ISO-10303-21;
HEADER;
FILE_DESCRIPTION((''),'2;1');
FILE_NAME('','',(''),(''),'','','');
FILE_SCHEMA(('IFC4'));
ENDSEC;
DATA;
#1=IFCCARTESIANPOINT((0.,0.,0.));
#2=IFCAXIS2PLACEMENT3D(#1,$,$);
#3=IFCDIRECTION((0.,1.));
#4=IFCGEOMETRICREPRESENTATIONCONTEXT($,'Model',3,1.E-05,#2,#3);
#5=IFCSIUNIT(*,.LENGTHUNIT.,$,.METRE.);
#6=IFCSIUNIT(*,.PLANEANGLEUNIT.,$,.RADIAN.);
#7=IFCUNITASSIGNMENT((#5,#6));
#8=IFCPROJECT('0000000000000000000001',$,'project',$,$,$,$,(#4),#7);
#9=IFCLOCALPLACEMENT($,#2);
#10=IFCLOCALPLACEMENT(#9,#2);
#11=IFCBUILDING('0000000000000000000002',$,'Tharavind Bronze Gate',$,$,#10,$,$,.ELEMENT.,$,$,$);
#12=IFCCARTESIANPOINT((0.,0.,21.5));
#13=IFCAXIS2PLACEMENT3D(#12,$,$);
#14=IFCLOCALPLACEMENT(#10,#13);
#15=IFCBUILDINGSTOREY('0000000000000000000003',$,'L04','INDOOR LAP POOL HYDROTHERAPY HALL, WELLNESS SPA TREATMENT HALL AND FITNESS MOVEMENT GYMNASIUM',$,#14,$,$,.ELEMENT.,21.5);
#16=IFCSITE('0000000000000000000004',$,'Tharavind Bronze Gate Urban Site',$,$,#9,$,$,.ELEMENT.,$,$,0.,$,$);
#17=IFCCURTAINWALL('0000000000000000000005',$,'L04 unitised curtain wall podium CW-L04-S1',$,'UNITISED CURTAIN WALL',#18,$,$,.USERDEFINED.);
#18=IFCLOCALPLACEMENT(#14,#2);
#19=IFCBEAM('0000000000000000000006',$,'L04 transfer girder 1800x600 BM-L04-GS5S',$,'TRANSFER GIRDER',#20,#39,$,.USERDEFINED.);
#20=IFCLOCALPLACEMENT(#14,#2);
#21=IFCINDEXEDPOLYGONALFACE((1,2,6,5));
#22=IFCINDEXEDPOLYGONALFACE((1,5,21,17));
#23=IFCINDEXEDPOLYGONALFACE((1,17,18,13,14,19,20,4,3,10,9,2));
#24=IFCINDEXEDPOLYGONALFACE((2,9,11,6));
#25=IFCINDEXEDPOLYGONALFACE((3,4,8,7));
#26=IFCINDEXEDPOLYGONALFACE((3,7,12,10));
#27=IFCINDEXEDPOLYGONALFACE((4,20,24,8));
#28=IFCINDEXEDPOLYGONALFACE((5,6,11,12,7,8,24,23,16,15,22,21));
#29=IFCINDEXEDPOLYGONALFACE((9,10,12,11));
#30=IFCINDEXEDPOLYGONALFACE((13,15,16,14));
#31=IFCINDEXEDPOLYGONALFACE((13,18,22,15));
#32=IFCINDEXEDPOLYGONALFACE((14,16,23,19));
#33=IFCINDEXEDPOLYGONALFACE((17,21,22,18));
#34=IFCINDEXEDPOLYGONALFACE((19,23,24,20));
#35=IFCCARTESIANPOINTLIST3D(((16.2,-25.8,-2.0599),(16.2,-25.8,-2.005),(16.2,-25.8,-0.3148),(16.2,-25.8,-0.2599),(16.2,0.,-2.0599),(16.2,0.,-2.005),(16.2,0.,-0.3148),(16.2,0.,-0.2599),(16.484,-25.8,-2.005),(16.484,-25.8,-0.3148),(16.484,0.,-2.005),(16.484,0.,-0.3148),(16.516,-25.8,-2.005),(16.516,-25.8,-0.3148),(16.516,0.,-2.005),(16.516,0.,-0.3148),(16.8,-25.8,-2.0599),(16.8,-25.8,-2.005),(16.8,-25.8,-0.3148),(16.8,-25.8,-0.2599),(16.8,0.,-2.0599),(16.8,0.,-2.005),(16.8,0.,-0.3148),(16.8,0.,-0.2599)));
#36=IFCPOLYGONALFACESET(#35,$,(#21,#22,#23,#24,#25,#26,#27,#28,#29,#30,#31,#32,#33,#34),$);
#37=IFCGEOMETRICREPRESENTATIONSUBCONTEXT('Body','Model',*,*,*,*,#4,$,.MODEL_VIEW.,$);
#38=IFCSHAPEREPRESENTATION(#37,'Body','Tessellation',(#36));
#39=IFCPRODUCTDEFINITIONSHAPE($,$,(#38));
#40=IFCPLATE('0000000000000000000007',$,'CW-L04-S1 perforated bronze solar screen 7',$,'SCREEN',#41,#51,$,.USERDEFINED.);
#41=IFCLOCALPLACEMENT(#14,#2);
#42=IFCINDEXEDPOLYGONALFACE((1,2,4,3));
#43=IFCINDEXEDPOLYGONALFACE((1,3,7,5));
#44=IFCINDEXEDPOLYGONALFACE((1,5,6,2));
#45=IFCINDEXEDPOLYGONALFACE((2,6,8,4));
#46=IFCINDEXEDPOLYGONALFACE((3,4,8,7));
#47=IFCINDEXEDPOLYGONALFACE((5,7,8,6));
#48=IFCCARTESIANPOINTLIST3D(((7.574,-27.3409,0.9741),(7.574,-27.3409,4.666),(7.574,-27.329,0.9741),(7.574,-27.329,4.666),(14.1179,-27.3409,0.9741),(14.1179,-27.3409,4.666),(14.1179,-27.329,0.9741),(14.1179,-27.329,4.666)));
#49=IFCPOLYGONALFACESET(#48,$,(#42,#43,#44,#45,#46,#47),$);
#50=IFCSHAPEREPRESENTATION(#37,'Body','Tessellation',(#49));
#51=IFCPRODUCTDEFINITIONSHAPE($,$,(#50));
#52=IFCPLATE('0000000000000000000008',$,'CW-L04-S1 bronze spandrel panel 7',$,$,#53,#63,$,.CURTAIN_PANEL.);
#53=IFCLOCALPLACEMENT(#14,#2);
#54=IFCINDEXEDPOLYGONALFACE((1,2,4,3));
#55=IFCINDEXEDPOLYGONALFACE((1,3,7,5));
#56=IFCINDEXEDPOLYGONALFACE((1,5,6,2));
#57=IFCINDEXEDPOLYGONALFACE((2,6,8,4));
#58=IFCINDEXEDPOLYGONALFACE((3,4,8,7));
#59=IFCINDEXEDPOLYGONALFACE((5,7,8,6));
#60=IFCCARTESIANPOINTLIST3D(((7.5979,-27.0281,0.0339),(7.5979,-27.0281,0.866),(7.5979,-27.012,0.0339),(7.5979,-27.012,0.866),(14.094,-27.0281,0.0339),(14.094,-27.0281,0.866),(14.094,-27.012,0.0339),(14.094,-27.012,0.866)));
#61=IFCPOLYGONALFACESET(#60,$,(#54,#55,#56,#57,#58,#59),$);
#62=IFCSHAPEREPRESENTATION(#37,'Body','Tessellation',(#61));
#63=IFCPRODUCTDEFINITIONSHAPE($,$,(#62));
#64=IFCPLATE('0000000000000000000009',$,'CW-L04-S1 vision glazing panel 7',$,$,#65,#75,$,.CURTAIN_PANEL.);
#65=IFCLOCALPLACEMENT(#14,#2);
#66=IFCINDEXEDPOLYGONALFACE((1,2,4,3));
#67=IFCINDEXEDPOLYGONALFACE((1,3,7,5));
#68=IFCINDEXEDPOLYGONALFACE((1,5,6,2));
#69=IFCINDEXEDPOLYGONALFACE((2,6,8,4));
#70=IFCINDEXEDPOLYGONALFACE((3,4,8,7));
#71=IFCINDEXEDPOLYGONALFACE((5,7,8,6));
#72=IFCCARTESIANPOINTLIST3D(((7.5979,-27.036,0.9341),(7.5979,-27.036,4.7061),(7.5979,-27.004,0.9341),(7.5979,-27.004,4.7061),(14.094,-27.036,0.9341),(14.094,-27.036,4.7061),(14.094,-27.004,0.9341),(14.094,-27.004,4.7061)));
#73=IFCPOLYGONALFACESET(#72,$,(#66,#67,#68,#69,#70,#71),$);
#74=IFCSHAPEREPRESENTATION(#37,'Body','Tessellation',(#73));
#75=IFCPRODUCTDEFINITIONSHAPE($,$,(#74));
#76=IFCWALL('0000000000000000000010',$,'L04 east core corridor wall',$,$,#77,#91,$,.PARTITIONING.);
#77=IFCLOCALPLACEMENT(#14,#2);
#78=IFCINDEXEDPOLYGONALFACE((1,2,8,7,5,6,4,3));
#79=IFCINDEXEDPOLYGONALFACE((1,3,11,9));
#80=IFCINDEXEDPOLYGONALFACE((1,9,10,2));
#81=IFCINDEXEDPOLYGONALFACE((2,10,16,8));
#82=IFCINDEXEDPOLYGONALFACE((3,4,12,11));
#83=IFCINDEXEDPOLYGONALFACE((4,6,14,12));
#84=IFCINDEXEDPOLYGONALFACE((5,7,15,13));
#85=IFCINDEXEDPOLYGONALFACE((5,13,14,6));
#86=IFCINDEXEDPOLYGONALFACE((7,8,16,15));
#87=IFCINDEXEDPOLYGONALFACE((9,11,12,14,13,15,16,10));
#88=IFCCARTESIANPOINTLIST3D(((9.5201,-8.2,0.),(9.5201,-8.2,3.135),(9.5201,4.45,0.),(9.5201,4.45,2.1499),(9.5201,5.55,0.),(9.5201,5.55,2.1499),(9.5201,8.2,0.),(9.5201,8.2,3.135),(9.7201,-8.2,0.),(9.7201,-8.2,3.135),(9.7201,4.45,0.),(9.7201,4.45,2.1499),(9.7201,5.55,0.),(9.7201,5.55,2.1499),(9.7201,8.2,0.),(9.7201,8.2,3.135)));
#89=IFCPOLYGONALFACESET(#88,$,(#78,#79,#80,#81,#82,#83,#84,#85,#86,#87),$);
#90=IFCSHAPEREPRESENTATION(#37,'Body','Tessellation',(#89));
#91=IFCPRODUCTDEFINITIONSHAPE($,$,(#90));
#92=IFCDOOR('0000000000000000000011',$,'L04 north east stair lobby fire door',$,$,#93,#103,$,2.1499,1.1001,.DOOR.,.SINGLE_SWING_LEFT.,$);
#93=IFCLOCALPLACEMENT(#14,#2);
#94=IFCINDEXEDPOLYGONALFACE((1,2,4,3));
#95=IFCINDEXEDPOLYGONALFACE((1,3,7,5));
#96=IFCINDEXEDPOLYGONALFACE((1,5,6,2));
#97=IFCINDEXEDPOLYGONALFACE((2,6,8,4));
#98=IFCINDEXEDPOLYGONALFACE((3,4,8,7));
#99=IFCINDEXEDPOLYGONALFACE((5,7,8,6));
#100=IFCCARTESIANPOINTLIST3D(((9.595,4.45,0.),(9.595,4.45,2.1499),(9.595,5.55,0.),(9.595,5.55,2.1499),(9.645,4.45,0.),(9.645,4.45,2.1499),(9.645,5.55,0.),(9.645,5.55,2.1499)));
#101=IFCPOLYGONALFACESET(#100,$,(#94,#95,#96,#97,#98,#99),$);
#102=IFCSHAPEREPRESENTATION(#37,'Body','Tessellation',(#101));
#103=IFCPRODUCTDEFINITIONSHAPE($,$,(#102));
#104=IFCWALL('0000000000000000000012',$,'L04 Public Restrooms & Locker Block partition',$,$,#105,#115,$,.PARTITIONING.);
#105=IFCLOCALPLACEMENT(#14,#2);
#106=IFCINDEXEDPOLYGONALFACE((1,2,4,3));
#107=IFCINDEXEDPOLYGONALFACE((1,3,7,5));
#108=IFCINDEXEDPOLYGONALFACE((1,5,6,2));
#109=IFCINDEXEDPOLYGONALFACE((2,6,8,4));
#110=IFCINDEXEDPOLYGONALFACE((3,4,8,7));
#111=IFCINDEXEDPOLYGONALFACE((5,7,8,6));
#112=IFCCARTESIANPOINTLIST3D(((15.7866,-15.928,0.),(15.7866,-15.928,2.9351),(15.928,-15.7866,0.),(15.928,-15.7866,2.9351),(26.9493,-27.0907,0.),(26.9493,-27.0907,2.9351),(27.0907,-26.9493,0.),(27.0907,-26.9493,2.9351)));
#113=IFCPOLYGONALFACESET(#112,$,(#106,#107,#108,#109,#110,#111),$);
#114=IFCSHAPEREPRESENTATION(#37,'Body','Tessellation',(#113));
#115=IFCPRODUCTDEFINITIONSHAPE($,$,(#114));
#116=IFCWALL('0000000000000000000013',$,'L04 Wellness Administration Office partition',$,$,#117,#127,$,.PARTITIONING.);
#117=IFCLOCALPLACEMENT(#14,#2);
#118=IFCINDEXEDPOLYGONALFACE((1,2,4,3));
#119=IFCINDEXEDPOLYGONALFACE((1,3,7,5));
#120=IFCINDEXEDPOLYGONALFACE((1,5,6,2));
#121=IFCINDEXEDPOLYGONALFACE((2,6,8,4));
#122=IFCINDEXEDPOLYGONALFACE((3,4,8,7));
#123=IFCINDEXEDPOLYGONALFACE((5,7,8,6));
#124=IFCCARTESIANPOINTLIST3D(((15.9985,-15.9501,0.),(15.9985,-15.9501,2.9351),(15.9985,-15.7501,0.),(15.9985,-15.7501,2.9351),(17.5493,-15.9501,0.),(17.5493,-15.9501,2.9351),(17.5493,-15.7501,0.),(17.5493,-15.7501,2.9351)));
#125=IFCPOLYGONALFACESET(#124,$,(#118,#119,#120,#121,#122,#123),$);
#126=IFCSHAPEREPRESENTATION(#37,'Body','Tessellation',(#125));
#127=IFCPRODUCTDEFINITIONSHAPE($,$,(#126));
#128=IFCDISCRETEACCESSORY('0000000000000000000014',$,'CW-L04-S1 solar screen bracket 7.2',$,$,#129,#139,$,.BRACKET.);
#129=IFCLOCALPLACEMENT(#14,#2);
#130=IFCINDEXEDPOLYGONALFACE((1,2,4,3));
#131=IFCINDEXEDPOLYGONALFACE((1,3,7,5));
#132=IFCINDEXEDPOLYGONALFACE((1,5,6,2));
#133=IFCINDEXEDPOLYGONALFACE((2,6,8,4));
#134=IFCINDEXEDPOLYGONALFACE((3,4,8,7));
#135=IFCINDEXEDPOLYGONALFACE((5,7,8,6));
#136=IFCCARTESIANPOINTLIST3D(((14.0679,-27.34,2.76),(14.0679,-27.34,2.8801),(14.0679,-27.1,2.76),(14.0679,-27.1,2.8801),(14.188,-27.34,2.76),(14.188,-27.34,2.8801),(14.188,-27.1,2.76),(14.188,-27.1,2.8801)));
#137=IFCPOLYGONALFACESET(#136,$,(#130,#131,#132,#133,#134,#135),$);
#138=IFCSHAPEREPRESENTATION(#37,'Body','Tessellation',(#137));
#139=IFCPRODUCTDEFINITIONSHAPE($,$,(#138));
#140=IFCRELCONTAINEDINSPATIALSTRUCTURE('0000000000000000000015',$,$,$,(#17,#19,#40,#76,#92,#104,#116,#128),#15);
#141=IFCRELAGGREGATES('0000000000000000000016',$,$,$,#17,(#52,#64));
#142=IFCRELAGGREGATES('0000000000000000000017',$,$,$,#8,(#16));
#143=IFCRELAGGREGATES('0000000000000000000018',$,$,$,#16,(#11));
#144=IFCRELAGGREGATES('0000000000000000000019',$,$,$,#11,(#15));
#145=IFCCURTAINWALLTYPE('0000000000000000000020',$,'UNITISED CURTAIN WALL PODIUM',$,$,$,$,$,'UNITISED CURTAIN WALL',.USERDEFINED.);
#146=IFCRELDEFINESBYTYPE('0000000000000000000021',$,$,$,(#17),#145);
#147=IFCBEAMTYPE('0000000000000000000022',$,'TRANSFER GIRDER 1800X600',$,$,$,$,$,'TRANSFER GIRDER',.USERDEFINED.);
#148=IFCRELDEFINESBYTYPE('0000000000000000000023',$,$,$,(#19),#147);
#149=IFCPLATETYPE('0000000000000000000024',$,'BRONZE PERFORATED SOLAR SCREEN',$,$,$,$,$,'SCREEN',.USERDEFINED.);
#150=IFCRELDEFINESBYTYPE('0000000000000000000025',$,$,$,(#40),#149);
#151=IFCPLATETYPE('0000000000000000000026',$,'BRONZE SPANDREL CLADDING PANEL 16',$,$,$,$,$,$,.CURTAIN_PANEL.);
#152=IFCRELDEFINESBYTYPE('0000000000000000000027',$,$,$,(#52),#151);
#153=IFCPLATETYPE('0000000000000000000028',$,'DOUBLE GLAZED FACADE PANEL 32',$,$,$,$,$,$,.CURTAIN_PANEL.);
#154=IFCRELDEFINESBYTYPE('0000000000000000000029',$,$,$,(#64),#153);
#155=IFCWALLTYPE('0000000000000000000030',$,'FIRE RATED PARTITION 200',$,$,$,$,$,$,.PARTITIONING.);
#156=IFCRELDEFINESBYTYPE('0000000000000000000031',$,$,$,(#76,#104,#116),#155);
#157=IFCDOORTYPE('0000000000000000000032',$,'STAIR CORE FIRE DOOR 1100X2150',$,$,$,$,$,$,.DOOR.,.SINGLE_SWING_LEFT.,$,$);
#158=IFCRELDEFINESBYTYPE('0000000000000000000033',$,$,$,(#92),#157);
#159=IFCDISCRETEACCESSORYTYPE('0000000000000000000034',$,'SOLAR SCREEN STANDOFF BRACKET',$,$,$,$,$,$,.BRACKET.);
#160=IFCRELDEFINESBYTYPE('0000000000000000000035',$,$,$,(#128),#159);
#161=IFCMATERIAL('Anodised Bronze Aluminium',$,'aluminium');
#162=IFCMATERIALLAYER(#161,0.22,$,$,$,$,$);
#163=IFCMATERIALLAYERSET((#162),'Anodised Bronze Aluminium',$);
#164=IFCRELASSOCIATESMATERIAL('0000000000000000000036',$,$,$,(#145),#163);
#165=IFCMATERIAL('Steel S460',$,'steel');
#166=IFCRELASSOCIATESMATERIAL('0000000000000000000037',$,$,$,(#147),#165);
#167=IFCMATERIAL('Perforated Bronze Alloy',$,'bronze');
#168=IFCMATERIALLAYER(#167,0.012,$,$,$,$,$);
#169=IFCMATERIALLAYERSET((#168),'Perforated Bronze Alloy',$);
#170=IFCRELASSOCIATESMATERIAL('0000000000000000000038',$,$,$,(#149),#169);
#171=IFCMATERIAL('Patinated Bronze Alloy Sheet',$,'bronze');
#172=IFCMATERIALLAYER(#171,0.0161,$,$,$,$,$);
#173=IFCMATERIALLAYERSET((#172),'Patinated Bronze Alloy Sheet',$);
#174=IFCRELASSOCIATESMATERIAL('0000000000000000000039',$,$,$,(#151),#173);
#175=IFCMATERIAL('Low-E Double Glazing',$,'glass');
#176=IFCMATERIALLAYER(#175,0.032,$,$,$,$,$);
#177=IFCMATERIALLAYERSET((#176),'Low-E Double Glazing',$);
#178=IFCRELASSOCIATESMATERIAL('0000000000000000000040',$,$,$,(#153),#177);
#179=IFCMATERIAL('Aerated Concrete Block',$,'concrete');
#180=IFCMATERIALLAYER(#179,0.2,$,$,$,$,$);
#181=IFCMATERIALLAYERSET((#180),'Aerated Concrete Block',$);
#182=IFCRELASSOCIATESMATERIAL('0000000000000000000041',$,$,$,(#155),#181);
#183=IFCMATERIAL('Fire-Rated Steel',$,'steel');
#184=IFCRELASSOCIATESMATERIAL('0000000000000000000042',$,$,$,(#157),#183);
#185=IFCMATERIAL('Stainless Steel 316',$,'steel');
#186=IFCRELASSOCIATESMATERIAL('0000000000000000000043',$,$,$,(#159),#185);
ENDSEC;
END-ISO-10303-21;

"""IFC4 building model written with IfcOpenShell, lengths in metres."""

from ifc_helpers import new_model, si_unit, direction, frame, frame_2d, origin, origin_2d, place, context, subcontext, project, spatial, rectangle, i_section, extrude, material, layer, layer_set, material_profile, profile_set, type_object, element, fill, aggregate, save


model = new_model("IFC4")

# Units and contexts
model_context = context("Model", 3, precision=1e-05, world=origin(), true_north=direction((0.0, 1.0)))
body_context = subcontext(model_context, "Body", "Model", "MODEL_VIEW")
ifc_project = project(units=[si_unit("LENGTHUNIT", "METRE"), si_unit("PLANEANGLEUNIT", "RADIAN")], contexts=[model_context])

# Site, building, storey
site_placement = place(None, origin())
site = spatial("IfcSite", under=ifc_project, at=site_placement, Name="Tharavind Bronze Gate Urban Site", CompositionType="ELEMENT", RefElevation=0.0)
building_placement = place(site_placement, origin())
building = spatial("IfcBuilding", under=site, at=building_placement, Name="Tharavind Bronze Gate", CompositionType="ELEMENT")
storey_placement = place(building_placement, frame((0.0, 0.0, 21.5)))
storey = spatial("IfcBuildingStorey", under=building, at=storey_placement, Name="L04", Description="INDOOR LAP POOL HYDROTHERAPY HALL, WELLNESS SPA TREATMENT HALL AND FITNESS MOVEMENT GYMNASIUM", CompositionType="ELEMENT", Elevation=21.5)

# Shared definitions
ifc_material_1 = material(Name="Steel S460", Category="steel")

# Curtain wall
ifc_material_2 = material(Name="Anodised Bronze Aluminium", Category="aluminium")
ifc_layer_1 = layer(ifc_material_2, 0.22)
ifc_layer_set_1 = layer_set([ifc_layer_1], Name="Anodised Bronze Aluminium")
curtain_wall_type = type_object("IfcCurtainWallType", Name="UNITISED CURTAIN WALL PODIUM", ElementType="UNITISED CURTAIN WALL", PredefinedType="USERDEFINED", material=ifc_layer_set_1)
curtain_wall_placement = place(storey_placement, origin())
curtain_wall = element("IfcCurtainWall", 1, at=curtain_wall_placement, inside=storey, type_object=curtain_wall_type, Name="L04 unitised curtain wall podium CW-L04-S1", ObjectType="UNITISED CURTAIN WALL", PredefinedType="USERDEFINED")

# Beam
ifc_material_profile_1 = material_profile(ifc_material_1, i_section(OverallWidth=0.6001, OverallDepth=1.8, WebThickness=0.032, FlangeThickness=0.0549, at=origin_2d()), Name="PG1800X600")
ifc_profile_set_1 = profile_set([ifc_material_profile_1], Name="Steel S460")
beam_type_1 = type_object("IfcBeamType", Name="TRANSFER GIRDER 1800X600", ElementType="TRANSFER GIRDER", PredefinedType="USERDEFINED", material=ifc_profile_set_1)
beam_1_placement = place(storey_placement, frame((16.5, -25.8, -1.1599), z_axis=(0.0, 1.0, 0.0), x_axis=(-1.0, 0.0, 0.0)))
element("IfcBeam", 2, at=beam_1_placement, inside=storey, type_object=beam_type_1, Name="L04 transfer girder 1800x600 BM-L04-GS5S", ObjectType="TRANSFER GIRDER", PredefinedType="USERDEFINED", context=body_context, shape_type="SweptSolid", body=[
    extrude(i_section(OverallWidth=0.6001, OverallDepth=1.8, WebThickness=0.032, FlangeThickness=0.0549, at=origin_2d()), origin(), (0.0, 0.0, 1.0), 25.8),
])

# Plates
ifc_material_3 = material(Name="Perforated Bronze Alloy", Category="bronze")
ifc_layer_2 = layer(ifc_material_3, 0.012)
ifc_layer_set_2 = layer_set([ifc_layer_2], Name="Perforated Bronze Alloy")
plate_type_1 = type_object("IfcPlateType", Name="BRONZE PERFORATED SOLAR SCREEN", ElementType="SCREEN", PredefinedType="USERDEFINED", material=ifc_layer_set_2)
plate_1_placement = place(storey_placement, frame((10.8459, -27.335, 0.9741), z_axis=(0.0, 0.0, 1.0), x_axis=(1.0, 0.0, 0.0)))
element("IfcPlate", 3, at=plate_1_placement, inside=storey, type_object=plate_type_1, Name="CW-L04-S1 perforated bronze solar screen 7", ObjectType="SCREEN", PredefinedType="USERDEFINED", context=body_context, shape_type="SweptSolid", body=[
    extrude(rectangle(XDim=6.5439, YDim=0.012, at=origin_2d()), origin(), (0.0, 0.0, 1.0), 3.6919),
])
ifc_material_4 = material(Name="Patinated Bronze Alloy Sheet", Category="bronze")
ifc_layer_3 = layer(ifc_material_4, 0.0161)
ifc_layer_set_3 = layer_set([ifc_layer_3], Name="Patinated Bronze Alloy Sheet")
plate_type_2 = type_object("IfcPlateType", Name="BRONZE SPANDREL CLADDING PANEL 16", PredefinedType="CURTAIN_PANEL", material=ifc_layer_set_3)
plate_2_placement = place(storey_placement, frame((10.8459, -27.02, 0.0339), z_axis=(0.0, 0.0, 1.0), x_axis=(1.0, 0.0, 0.0)))
plate_2 = element("IfcPlate", 4, at=plate_2_placement, type_object=plate_type_2, Name="CW-L04-S1 bronze spandrel panel 7", PredefinedType="CURTAIN_PANEL", context=body_context, shape_type="SweptSolid", body=[
    extrude(rectangle(XDim=6.4961, YDim=0.0161, at=origin_2d()), origin(), (0.0, 0.0, 1.0), 0.832),
])
ifc_material_5 = material(Name="Low-E Double Glazing", Category="glass")
ifc_layer_4 = layer(ifc_material_5, 0.032)
ifc_layer_set_4 = layer_set([ifc_layer_4], Name="Low-E Double Glazing")
plate_type_3 = type_object("IfcPlateType", Name="DOUBLE GLAZED FACADE PANEL 32", PredefinedType="CURTAIN_PANEL", material=ifc_layer_set_4)
plate_3_placement = place(storey_placement, frame((10.8459, -27.02, 0.9341), z_axis=(0.0, 0.0, 1.0), x_axis=(1.0, 0.0, 0.0)))
plate_3 = element("IfcPlate", 5, at=plate_3_placement, type_object=plate_type_3, Name="CW-L04-S1 vision glazing panel 7", PredefinedType="CURTAIN_PANEL", context=body_context, shape_type="SweptSolid", body=[
    extrude(rectangle(XDim=6.4961, YDim=0.032, at=origin_2d()), origin(), (0.0, 0.0, 1.0), 3.772),
])
aggregate(curtain_wall, [plate_2, plate_3])

# Wall, opening, door
ifc_material_6 = material(Name="Aerated Concrete Block", Category="concrete")
ifc_layer_5 = layer(ifc_material_6, 0.2)
ifc_layer_set_5 = layer_set([ifc_layer_5], Name="Aerated Concrete Block")
wall_type = type_object("IfcWallType", Name="FIRE RATED PARTITION 200", PredefinedType="PARTITIONING", material=ifc_layer_set_5)
wall_1_placement = place(storey_placement, frame((9.6201, -8.2, 0.0), z_axis=(0.0, 0.0, 1.0), x_axis=(0.0, 1.0, 0.0)))
wall_1 = element("IfcWall", 6, at=wall_1_placement, inside=storey, type_object=wall_type, Name="L04 east core corridor wall", PredefinedType="PARTITIONING", context=body_context, shape_type="SweptSolid", body=[
    extrude(rectangle(XDim=16.3999, YDim=0.2, at=frame_2d((8.2, 0.0))), origin(), (0.0, 0.0, 1.0), 3.135),
])
opening_placement = place(wall_1_placement, frame((12.6499, 0.0, 0.0)))
opening = element("IfcOpeningElement", 7, at=opening_placement, cuts=wall_1, PredefinedType="OPENING", context=body_context, shape_type="SweptSolid", body=[
    extrude(rectangle(XDim=1.1001, YDim=2.1499, at=frame_2d((0.55, 1.075))), frame((0.0, 0.1101, 0.0), z_axis=(0.0, -1.0, 0.0), x_axis=(1.0, 0.0, 0.0)), (0.0, 0.0, 1.0), 0.22),
])
ifc_material_7 = material(Name="Fire-Rated Steel", Category="steel")
door_type = type_object("IfcDoorType", Name="STAIR CORE FIRE DOOR 1100X2150", OperationType="SINGLE_SWING_LEFT", PredefinedType="DOOR", material=ifc_material_7)
door_placement = place(opening_placement, frame((1.1001, 0.0, 0.0), z_axis=(0.0, 0.0, 1.0), x_axis=(-1.0, 0.0, 0.0)))
door = element("IfcDoor", 8, at=door_placement, inside=storey, type_object=door_type, Name="L04 north east stair lobby fire door", OperationType="SINGLE_SWING_LEFT", OverallHeight=2.1499, OverallWidth=1.1001, PredefinedType="DOOR", context=body_context, shape_type="SweptSolid", body=[
    extrude(rectangle(XDim=1.1001, YDim=2.1499, at=frame_2d((0.55, 1.075))), frame((0.0, 0.0249, 0.0), z_axis=(0.0, -1.0, 0.0), x_axis=(1.0, 0.0, 0.0)), (0.0, 0.0, 1.0), 0.05),
])
fill(opening, door)

# Walls
wall_2_placement = place(storey_placement, frame((15.8574, -15.8574, 0.0), z_axis=(0.0, 0.0, 1.0), x_axis=(0.707107, -0.707107, 0.0)))
element("IfcWall", 9, at=wall_2_placement, inside=storey, type_object=wall_type, Name="L04 Public Restrooms & Locker Block partition", PredefinedType="PARTITIONING", context=body_context, shape_type="SweptSolid", body=[
    extrude(rectangle(XDim=15.7864, YDim=0.2, at=frame_2d((7.8931, 0.0))), origin(), (0.0, 0.0, 1.0), 2.9351),
])
wall_3_placement = place(storey_placement, frame((15.9985, -15.8501, 0.0), z_axis=(0.0, 0.0, 1.0), x_axis=(1.0, 0.0, 0.0)))
element("IfcWall", 10, at=wall_3_placement, inside=storey, type_object=wall_type, Name="L04 Wellness Administration Office partition", PredefinedType="PARTITIONING", context=body_context, shape_type="SweptSolid", body=[
    extrude(rectangle(XDim=1.5508, YDim=0.2, at=frame_2d((0.7754, 0.0))), origin(), (0.0, 0.0, 1.0), 2.9351),
])

# Discrete accessory
ifc_material_8 = material(Name="Stainless Steel 316", Category="steel")
discrete_accessory_type = type_object("IfcDiscreteAccessoryType", Name="SOLAR SCREEN STANDOFF BRACKET", PredefinedType="BRACKET", material=ifc_material_8)
discrete_accessory_placement = place(storey_placement, frame((14.1279, -27.22, 2.76), z_axis=(0.0, 0.0, 1.0), x_axis=(1.0, 0.0, 0.0)))
element("IfcDiscreteAccessory", 11, at=discrete_accessory_placement, inside=storey, type_object=discrete_accessory_type, Name="CW-L04-S1 solar screen bracket 7.2", PredefinedType="BRACKET", context=body_context, shape_type="SweptSolid", body=[
    extrude(rectangle(XDim=0.1201, YDim=0.24, at=origin_2d()), origin(), (0.0, 0.0, 1.0), 0.1201),
])

save(model, "model.ifc")
